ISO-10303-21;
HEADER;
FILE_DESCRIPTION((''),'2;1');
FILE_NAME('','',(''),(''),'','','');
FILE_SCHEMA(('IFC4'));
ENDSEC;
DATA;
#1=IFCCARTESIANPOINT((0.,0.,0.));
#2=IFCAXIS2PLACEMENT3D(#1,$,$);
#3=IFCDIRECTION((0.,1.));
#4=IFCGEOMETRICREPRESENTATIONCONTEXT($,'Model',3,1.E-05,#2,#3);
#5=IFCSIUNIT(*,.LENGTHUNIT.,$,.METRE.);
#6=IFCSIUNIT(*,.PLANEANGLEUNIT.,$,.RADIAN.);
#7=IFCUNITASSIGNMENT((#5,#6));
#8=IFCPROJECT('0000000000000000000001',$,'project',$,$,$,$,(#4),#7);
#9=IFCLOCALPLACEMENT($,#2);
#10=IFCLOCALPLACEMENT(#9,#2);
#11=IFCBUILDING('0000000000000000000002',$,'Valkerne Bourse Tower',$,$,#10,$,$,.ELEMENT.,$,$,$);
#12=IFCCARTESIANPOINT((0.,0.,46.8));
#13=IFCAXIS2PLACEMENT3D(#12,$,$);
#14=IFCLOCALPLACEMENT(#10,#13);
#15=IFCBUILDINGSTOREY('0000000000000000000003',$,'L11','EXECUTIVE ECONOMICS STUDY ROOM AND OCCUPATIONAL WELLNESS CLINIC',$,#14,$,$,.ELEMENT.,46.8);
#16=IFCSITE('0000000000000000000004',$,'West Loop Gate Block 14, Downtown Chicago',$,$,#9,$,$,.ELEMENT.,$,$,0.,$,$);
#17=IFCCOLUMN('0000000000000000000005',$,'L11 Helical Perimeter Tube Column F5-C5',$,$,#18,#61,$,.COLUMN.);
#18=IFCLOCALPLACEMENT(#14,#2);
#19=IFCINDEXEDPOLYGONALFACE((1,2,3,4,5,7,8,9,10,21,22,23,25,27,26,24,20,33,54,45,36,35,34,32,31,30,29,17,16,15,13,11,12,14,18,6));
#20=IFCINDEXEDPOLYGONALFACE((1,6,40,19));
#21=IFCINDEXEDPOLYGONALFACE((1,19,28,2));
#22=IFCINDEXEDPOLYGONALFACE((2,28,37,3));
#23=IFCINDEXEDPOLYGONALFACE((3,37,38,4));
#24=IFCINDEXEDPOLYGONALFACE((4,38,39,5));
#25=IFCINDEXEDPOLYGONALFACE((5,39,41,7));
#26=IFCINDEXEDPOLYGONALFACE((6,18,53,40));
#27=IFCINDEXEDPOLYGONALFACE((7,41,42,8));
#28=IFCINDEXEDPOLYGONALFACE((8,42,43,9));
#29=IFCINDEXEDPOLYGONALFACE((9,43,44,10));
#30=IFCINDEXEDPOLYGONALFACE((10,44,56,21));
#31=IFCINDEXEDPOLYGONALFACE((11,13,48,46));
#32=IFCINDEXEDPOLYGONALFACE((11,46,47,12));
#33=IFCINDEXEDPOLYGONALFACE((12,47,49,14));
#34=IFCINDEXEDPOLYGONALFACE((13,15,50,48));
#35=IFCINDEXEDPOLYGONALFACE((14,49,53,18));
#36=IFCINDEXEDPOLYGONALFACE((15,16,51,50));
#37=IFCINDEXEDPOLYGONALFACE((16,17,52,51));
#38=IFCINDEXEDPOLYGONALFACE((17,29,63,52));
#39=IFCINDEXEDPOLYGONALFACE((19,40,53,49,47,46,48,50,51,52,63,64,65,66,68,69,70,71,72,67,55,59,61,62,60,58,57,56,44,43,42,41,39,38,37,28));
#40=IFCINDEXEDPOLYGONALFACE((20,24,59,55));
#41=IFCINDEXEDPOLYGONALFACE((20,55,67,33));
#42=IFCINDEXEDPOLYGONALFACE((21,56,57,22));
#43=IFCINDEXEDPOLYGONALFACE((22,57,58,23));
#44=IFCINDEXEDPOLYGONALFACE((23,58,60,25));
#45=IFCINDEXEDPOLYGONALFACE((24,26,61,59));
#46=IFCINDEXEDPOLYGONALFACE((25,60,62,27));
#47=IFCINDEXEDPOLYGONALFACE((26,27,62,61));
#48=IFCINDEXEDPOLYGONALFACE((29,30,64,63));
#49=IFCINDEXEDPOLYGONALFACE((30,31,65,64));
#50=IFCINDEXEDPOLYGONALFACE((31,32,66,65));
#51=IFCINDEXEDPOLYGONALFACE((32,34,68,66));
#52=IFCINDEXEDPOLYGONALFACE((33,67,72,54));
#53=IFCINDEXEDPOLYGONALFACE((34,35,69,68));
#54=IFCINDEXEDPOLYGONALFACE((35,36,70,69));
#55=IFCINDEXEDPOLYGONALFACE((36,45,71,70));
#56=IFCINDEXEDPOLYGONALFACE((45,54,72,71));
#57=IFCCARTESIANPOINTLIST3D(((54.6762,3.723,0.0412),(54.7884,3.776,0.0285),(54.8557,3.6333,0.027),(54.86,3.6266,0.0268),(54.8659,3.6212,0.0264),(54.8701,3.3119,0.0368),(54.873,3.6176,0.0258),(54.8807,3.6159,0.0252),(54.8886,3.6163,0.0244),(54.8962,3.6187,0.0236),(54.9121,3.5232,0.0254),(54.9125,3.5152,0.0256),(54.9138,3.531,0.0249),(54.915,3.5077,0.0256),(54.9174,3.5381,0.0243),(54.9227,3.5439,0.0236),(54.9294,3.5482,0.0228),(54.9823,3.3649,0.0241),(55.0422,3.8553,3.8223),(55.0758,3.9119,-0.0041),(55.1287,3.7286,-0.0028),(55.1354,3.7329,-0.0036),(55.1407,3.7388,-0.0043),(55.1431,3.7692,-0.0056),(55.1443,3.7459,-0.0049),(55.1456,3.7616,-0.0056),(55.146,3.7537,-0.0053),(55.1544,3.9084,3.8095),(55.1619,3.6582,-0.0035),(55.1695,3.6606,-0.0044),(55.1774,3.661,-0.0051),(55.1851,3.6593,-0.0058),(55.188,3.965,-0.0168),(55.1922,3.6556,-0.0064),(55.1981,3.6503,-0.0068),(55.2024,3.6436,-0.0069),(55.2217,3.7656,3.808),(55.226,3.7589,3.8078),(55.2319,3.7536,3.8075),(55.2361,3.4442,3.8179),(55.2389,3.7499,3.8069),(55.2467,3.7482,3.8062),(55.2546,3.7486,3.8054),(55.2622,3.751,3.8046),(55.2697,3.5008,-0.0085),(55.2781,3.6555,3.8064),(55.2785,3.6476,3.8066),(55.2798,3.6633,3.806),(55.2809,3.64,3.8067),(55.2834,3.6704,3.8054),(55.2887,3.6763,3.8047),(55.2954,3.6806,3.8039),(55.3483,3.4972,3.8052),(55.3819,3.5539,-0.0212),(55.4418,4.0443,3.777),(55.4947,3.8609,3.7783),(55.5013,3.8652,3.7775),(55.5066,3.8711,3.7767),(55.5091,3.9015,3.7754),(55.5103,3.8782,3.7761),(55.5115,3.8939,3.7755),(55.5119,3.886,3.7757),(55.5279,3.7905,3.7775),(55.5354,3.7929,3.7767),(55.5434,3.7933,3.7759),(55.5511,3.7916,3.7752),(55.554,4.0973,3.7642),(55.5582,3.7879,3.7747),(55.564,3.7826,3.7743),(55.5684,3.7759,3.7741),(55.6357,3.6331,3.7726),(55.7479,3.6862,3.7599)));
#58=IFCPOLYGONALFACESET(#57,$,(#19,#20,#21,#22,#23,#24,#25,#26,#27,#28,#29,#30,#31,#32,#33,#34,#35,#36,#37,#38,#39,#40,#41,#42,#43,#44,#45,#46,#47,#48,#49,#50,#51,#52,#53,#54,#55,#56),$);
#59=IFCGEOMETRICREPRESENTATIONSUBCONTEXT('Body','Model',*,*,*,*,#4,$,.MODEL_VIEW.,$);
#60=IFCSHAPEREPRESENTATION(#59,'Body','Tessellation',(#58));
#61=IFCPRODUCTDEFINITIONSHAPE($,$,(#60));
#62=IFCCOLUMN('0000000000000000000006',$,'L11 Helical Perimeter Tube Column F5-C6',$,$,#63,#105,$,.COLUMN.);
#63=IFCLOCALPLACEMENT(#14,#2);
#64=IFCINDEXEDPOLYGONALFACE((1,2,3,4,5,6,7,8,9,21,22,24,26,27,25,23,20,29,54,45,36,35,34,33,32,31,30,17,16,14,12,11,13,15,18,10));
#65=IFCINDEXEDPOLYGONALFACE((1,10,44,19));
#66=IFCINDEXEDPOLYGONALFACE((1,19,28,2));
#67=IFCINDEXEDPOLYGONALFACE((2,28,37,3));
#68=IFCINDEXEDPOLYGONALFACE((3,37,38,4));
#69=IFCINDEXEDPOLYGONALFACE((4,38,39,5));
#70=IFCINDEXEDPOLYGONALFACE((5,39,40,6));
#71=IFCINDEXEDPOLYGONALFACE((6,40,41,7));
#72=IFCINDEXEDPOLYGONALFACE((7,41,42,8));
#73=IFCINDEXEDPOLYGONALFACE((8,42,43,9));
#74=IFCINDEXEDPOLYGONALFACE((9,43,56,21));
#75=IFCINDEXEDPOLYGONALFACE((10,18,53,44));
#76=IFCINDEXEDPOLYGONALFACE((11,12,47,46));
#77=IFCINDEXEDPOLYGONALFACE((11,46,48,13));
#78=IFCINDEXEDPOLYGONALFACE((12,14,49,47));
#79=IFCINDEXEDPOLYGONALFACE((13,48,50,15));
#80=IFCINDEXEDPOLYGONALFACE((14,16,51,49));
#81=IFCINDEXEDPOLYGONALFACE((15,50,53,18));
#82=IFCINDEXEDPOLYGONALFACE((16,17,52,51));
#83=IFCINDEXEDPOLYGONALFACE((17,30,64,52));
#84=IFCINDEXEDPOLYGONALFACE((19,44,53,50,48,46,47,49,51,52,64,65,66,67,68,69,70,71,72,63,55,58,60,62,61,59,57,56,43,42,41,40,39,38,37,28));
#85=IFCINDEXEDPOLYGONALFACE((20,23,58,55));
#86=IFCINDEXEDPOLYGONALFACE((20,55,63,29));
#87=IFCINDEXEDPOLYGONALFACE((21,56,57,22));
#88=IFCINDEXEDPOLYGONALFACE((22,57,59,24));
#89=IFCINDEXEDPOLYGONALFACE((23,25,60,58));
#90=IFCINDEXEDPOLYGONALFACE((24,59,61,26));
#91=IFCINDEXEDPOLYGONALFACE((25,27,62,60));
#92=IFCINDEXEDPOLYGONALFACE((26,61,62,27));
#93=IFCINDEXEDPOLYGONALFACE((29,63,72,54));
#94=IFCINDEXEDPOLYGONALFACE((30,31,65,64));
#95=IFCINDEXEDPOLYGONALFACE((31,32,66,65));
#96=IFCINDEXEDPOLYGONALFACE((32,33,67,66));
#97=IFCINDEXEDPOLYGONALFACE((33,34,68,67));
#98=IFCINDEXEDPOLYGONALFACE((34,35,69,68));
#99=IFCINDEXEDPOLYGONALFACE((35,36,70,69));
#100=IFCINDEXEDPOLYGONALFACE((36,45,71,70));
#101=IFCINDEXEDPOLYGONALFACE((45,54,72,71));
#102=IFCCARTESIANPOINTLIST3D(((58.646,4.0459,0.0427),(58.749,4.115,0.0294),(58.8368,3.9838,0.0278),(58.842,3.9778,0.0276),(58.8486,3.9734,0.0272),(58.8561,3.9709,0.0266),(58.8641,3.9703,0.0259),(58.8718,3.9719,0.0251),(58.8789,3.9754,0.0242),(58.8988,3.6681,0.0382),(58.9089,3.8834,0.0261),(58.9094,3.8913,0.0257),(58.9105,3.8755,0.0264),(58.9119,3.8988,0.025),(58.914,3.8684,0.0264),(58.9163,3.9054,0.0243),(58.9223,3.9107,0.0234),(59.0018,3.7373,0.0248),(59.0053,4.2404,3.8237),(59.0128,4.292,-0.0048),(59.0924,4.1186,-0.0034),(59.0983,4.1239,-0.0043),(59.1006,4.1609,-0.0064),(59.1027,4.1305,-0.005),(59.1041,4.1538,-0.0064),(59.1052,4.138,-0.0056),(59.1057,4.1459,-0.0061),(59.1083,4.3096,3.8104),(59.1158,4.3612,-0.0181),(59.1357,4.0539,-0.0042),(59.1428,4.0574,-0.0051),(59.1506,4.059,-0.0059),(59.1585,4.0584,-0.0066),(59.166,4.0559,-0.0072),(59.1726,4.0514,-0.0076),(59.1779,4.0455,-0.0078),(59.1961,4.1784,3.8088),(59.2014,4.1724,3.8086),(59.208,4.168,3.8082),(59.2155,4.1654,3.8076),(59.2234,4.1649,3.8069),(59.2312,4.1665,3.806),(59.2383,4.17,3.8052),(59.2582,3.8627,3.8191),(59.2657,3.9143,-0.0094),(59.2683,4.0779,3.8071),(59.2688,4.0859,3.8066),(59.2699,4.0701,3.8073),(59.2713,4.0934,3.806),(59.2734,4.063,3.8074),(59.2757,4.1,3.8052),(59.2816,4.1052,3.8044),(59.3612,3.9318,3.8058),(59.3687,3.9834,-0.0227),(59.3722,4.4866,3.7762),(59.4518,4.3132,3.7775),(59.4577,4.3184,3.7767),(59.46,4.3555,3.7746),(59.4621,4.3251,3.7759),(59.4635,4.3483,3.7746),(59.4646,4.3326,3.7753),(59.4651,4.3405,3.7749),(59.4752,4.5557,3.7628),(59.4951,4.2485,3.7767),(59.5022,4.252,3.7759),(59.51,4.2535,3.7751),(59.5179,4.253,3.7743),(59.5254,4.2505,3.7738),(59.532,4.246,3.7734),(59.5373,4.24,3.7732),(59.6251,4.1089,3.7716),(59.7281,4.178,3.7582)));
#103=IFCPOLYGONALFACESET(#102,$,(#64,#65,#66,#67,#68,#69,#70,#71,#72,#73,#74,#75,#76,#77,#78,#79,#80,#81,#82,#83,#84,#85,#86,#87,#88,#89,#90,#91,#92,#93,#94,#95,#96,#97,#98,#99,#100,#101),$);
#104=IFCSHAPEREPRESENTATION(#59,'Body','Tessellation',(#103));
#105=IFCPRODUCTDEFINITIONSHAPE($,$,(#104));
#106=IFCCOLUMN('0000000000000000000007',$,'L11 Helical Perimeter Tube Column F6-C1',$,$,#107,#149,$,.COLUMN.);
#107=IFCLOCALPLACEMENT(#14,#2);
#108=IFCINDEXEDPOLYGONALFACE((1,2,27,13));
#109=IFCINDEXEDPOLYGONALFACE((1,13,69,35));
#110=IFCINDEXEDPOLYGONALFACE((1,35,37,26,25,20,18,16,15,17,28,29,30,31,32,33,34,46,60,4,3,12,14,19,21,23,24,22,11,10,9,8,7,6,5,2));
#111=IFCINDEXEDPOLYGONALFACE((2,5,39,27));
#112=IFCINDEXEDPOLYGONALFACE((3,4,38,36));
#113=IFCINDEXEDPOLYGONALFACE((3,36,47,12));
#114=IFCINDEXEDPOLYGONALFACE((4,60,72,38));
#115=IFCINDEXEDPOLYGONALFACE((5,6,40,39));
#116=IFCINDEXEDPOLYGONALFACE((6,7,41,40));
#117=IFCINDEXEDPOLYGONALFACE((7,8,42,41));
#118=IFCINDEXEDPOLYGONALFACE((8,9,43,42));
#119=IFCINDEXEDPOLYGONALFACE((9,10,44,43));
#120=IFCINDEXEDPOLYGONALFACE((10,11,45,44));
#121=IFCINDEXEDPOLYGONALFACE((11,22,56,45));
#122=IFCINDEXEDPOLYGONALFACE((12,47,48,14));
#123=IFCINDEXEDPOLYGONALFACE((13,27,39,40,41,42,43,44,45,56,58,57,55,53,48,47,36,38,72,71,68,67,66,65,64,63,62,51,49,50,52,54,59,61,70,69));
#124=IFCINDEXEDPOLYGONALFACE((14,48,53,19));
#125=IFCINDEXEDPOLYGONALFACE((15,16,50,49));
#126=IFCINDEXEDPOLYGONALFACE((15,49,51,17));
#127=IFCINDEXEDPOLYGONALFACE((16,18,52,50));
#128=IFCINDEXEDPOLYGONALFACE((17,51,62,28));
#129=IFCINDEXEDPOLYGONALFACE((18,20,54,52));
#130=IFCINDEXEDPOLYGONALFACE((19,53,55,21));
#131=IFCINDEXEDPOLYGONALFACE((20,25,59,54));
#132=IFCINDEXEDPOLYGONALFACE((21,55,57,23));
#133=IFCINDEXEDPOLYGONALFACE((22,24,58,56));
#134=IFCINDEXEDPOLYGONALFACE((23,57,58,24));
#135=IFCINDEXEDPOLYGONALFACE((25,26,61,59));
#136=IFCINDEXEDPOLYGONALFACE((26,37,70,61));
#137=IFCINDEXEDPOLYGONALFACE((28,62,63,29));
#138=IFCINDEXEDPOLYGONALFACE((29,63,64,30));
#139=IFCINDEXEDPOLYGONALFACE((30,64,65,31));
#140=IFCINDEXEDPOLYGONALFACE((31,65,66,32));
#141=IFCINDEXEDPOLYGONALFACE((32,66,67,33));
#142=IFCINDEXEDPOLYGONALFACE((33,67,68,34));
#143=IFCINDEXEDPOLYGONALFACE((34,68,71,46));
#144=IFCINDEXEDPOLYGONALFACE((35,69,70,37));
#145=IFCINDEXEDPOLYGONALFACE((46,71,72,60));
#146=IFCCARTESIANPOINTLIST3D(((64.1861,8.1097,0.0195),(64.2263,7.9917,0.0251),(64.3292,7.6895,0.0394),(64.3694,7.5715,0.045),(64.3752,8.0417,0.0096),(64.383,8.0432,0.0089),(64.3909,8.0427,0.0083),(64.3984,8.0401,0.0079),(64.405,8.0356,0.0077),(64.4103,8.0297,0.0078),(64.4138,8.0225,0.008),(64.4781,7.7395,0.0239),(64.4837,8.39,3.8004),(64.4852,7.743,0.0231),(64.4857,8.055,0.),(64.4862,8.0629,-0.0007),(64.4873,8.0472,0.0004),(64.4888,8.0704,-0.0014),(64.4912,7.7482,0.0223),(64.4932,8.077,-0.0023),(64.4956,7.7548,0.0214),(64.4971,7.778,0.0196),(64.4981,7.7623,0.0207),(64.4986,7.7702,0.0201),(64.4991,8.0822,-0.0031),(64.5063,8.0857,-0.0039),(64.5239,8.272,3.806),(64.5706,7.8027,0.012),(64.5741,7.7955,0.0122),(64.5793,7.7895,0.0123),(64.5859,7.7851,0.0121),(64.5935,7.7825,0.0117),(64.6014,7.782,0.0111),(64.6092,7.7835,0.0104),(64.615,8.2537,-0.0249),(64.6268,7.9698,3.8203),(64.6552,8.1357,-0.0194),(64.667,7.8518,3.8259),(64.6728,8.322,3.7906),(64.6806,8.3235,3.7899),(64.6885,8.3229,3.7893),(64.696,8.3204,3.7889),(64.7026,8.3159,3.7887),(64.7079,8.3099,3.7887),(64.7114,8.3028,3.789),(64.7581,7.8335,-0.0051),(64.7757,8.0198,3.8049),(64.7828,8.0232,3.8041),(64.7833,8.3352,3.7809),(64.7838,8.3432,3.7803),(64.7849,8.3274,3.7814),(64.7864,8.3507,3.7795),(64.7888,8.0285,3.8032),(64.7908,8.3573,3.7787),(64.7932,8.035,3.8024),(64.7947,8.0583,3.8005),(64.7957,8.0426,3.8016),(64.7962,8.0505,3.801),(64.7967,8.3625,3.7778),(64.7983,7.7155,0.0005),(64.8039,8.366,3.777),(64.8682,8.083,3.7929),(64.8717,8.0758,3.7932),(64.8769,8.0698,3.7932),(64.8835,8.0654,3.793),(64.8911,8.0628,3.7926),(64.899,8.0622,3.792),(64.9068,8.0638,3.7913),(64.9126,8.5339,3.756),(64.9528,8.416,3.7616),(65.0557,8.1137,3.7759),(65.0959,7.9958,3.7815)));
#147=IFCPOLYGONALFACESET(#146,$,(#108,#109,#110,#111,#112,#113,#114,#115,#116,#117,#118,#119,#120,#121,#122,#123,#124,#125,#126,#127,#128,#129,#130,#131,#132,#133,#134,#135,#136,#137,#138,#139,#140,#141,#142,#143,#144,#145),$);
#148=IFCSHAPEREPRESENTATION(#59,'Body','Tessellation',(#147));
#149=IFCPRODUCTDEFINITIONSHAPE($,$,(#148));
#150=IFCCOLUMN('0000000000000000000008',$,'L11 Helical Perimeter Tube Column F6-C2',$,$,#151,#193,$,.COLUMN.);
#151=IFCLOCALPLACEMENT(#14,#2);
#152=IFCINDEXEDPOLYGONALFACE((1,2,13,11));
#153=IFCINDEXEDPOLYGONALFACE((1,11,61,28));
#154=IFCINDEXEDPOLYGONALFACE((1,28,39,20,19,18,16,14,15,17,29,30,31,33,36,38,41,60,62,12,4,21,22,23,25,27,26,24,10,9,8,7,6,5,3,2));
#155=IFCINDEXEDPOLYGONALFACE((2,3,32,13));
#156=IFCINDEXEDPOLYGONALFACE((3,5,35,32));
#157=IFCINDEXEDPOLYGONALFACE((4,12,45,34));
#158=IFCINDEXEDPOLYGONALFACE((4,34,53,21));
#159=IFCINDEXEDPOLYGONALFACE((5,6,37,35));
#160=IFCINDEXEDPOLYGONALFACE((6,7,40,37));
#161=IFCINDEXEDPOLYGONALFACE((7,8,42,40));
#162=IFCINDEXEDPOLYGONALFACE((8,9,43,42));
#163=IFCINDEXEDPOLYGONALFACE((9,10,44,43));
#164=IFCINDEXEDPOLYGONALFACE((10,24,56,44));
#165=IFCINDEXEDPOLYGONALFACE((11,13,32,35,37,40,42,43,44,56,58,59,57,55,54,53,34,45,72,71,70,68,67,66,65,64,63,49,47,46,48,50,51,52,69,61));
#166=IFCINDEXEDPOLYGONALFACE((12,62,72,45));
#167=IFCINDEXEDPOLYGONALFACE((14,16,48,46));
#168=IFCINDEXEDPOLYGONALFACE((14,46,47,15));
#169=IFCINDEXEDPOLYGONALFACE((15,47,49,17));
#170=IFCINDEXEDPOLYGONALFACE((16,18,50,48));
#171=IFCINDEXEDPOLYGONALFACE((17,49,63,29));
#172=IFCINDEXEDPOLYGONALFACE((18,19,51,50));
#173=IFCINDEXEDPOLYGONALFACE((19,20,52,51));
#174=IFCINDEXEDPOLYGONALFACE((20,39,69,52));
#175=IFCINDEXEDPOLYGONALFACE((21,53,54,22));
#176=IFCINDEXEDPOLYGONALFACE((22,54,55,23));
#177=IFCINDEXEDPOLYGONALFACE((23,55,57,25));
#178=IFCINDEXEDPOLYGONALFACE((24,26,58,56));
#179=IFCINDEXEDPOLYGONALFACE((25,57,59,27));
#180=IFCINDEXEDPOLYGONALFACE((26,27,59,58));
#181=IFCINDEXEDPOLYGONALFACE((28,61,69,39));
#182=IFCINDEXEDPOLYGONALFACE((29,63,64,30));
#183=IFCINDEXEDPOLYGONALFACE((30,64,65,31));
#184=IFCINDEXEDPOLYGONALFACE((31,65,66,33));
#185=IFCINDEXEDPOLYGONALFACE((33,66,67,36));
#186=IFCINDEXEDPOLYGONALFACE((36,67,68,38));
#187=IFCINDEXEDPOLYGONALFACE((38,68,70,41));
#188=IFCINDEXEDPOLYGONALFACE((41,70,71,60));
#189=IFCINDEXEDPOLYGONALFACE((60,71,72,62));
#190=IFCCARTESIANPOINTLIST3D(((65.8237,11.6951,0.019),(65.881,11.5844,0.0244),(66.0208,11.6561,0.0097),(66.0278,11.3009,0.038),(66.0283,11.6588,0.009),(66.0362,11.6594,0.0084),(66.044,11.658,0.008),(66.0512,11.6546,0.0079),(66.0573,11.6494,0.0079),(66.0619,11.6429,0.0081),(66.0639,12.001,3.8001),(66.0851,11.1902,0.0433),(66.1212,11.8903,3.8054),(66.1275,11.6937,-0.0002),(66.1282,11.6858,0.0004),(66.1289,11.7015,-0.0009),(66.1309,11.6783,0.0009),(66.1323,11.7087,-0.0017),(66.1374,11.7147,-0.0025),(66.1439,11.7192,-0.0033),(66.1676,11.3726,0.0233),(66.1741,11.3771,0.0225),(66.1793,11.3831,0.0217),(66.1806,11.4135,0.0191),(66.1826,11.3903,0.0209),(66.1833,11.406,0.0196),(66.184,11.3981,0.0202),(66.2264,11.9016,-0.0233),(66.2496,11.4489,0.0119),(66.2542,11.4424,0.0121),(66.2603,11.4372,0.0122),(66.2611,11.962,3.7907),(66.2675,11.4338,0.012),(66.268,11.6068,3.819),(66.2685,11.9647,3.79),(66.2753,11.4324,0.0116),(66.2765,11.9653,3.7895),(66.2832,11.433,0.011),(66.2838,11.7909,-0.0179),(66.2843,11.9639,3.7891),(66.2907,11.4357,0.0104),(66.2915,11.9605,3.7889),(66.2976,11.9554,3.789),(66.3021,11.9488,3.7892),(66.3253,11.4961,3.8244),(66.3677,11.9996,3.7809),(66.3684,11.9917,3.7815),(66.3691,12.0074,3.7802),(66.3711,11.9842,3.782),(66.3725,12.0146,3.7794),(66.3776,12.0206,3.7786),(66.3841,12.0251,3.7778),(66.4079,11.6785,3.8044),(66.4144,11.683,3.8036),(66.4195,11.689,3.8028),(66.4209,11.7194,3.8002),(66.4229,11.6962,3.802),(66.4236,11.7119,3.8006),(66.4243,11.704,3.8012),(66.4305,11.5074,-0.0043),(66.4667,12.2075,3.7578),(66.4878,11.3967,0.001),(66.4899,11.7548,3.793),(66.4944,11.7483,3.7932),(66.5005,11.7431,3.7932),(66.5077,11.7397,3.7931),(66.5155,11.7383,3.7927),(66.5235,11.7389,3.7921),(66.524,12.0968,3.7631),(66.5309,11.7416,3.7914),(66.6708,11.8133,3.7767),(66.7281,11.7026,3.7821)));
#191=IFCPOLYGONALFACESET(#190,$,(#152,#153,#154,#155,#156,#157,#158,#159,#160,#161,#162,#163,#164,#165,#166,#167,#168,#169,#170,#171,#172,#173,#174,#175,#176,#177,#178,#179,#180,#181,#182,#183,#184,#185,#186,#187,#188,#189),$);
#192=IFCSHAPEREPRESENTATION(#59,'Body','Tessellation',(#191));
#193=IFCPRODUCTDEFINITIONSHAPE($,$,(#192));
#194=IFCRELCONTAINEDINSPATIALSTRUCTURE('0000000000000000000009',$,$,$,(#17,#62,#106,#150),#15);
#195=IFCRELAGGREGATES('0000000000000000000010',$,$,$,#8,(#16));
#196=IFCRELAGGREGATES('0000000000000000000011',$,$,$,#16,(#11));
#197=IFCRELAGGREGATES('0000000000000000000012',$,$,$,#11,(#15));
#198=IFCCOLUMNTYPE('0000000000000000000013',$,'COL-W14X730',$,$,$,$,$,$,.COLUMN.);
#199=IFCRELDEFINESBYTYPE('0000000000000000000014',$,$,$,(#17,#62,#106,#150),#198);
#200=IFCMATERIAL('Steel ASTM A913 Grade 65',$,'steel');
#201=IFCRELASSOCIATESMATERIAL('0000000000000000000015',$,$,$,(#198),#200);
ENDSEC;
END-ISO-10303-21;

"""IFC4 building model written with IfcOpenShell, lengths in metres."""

from ifc_helpers import new_model, si_unit, direction, frame, origin, origin_2d, place, context, subcontext, project, spatial, i_section, extrude, material, material_profile, profile_set, type_object, element, save


model = new_model("IFC4")

# Units and contexts
model_context = context("Model", 3, precision=1e-05, world=origin(), true_north=direction((0.0, 1.0)))
body_context = subcontext(model_context, "Body", "Model", "MODEL_VIEW")
ifc_project = project(units=[si_unit("LENGTHUNIT", "METRE"), si_unit("PLANEANGLEUNIT", "RADIAN")], contexts=[model_context])

# Site, building, storey
site_placement = place(None, origin())
site = spatial("IfcSite", under=ifc_project, at=site_placement, Name="West Loop Gate Block 14, Downtown Chicago", CompositionType="ELEMENT", RefElevation=0.0)
building_placement = place(site_placement, origin())
building = spatial("IfcBuilding", under=site, at=building_placement, Name="Valkerne Bourse Tower", CompositionType="ELEMENT")
storey_placement = place(building_placement, frame((0.0, 0.0, 46.8)))
storey = spatial("IfcBuildingStorey", under=building, at=storey_placement, Name="L11", Description="EXECUTIVE ECONOMICS STUDY ROOM AND OCCUPATIONAL WELLNESS CLINIC", CompositionType="ELEMENT", Elevation=46.8)

# Columns
ifc_material_1 = material(Name="Steel ASTM A913 Grade 65", Category="steel")
ifc_material_profile_1 = material_profile(ifc_material_1, i_section(OverallWidth=0.4546, OverallDepth=0.5691, WebThickness=0.0779, FlangeThickness=0.1248, FilletRadius=0.0305, at=origin_2d()), Name="W14X730")
ifc_profile_set_1 = profile_set([ifc_material_profile_1], Name="Steel ASTM A913 Grade 65")
column_type = type_object("IfcColumnType", Name="COL-W14X730", PredefinedType="COLUMN", material=ifc_profile_set_1)
column_1_placement = place(storey_placement, frame((55.0291, 3.6384, 0.01), z_axis=(0.096282, 0.034813, 0.994745), x_axis=(-0.426557, 0.90441, 0.009635)))
element("IfcColumn", 1, at=column_1_placement, inside=storey, type_object=column_type, Name="L11 Helical Perimeter Tube Column F5-C5", PredefinedType="COLUMN", context=body_context, shape_type="SweptSolid", body=[
    extrude(i_section(OverallWidth=0.4546, OverallDepth=0.5691, WebThickness=0.0779, FlangeThickness=0.1248, FilletRadius=0.0305, at=origin_2d()), origin(), (0.0, 0.0, 1.0), 3.801),
])
for number, where, z_axis, x_axis, name in (
    (2, (59.0073, 4.0146, 0.01), (0.094497, 0.051165, 0.994209), (-0.556293, 0.830924, 0.010113), "L11 Helical Perimeter Tube Column F5-C6"),
    (3, (64.4922, 7.9126, 0.01), (0.078255, 0.073697, 0.994206), (-0.943476, -0.316702, 0.097738), "L11 Helical Perimeter Tube Column F6-C1"),
):
    element("IfcColumn", number, at=place(storey_placement, frame(where, z_axis=z_axis, x_axis=x_axis)), inside=storey, type_object=column_type, Name=name, PredefinedType="COLUMN", context=body_context, shape_type="SweptSolid", body=[
        extrude(i_section(OverallWidth=0.4546, OverallDepth=0.5691, WebThickness=0.0779, FlangeThickness=0.1248, FilletRadius=0.0305, at=origin_2d()), origin(), (0.0, 0.0, 1.0), 3.803),
    ])
column_2_placement = place(storey_placement, frame((66.1558, 11.5459, 0.01), z_axis=(0.063204, 0.080482, 0.99475), x_axis=(-0.886014, -0.454227, 0.093045)))
element("IfcColumn", 4, at=column_2_placement, inside=storey, type_object=column_type, Name="L11 Helical Perimeter Tube Column F6-C2", PredefinedType="COLUMN", context=body_context, shape_type="SweptSolid", body=[
    extrude(i_section(OverallWidth=0.4546, OverallDepth=0.5691, WebThickness=0.0779, FlangeThickness=0.1248, FilletRadius=0.0305, at=origin_2d()), origin(), (0.0, 0.0, 1.0), 3.801),
])

save(model, "model.ifc")
